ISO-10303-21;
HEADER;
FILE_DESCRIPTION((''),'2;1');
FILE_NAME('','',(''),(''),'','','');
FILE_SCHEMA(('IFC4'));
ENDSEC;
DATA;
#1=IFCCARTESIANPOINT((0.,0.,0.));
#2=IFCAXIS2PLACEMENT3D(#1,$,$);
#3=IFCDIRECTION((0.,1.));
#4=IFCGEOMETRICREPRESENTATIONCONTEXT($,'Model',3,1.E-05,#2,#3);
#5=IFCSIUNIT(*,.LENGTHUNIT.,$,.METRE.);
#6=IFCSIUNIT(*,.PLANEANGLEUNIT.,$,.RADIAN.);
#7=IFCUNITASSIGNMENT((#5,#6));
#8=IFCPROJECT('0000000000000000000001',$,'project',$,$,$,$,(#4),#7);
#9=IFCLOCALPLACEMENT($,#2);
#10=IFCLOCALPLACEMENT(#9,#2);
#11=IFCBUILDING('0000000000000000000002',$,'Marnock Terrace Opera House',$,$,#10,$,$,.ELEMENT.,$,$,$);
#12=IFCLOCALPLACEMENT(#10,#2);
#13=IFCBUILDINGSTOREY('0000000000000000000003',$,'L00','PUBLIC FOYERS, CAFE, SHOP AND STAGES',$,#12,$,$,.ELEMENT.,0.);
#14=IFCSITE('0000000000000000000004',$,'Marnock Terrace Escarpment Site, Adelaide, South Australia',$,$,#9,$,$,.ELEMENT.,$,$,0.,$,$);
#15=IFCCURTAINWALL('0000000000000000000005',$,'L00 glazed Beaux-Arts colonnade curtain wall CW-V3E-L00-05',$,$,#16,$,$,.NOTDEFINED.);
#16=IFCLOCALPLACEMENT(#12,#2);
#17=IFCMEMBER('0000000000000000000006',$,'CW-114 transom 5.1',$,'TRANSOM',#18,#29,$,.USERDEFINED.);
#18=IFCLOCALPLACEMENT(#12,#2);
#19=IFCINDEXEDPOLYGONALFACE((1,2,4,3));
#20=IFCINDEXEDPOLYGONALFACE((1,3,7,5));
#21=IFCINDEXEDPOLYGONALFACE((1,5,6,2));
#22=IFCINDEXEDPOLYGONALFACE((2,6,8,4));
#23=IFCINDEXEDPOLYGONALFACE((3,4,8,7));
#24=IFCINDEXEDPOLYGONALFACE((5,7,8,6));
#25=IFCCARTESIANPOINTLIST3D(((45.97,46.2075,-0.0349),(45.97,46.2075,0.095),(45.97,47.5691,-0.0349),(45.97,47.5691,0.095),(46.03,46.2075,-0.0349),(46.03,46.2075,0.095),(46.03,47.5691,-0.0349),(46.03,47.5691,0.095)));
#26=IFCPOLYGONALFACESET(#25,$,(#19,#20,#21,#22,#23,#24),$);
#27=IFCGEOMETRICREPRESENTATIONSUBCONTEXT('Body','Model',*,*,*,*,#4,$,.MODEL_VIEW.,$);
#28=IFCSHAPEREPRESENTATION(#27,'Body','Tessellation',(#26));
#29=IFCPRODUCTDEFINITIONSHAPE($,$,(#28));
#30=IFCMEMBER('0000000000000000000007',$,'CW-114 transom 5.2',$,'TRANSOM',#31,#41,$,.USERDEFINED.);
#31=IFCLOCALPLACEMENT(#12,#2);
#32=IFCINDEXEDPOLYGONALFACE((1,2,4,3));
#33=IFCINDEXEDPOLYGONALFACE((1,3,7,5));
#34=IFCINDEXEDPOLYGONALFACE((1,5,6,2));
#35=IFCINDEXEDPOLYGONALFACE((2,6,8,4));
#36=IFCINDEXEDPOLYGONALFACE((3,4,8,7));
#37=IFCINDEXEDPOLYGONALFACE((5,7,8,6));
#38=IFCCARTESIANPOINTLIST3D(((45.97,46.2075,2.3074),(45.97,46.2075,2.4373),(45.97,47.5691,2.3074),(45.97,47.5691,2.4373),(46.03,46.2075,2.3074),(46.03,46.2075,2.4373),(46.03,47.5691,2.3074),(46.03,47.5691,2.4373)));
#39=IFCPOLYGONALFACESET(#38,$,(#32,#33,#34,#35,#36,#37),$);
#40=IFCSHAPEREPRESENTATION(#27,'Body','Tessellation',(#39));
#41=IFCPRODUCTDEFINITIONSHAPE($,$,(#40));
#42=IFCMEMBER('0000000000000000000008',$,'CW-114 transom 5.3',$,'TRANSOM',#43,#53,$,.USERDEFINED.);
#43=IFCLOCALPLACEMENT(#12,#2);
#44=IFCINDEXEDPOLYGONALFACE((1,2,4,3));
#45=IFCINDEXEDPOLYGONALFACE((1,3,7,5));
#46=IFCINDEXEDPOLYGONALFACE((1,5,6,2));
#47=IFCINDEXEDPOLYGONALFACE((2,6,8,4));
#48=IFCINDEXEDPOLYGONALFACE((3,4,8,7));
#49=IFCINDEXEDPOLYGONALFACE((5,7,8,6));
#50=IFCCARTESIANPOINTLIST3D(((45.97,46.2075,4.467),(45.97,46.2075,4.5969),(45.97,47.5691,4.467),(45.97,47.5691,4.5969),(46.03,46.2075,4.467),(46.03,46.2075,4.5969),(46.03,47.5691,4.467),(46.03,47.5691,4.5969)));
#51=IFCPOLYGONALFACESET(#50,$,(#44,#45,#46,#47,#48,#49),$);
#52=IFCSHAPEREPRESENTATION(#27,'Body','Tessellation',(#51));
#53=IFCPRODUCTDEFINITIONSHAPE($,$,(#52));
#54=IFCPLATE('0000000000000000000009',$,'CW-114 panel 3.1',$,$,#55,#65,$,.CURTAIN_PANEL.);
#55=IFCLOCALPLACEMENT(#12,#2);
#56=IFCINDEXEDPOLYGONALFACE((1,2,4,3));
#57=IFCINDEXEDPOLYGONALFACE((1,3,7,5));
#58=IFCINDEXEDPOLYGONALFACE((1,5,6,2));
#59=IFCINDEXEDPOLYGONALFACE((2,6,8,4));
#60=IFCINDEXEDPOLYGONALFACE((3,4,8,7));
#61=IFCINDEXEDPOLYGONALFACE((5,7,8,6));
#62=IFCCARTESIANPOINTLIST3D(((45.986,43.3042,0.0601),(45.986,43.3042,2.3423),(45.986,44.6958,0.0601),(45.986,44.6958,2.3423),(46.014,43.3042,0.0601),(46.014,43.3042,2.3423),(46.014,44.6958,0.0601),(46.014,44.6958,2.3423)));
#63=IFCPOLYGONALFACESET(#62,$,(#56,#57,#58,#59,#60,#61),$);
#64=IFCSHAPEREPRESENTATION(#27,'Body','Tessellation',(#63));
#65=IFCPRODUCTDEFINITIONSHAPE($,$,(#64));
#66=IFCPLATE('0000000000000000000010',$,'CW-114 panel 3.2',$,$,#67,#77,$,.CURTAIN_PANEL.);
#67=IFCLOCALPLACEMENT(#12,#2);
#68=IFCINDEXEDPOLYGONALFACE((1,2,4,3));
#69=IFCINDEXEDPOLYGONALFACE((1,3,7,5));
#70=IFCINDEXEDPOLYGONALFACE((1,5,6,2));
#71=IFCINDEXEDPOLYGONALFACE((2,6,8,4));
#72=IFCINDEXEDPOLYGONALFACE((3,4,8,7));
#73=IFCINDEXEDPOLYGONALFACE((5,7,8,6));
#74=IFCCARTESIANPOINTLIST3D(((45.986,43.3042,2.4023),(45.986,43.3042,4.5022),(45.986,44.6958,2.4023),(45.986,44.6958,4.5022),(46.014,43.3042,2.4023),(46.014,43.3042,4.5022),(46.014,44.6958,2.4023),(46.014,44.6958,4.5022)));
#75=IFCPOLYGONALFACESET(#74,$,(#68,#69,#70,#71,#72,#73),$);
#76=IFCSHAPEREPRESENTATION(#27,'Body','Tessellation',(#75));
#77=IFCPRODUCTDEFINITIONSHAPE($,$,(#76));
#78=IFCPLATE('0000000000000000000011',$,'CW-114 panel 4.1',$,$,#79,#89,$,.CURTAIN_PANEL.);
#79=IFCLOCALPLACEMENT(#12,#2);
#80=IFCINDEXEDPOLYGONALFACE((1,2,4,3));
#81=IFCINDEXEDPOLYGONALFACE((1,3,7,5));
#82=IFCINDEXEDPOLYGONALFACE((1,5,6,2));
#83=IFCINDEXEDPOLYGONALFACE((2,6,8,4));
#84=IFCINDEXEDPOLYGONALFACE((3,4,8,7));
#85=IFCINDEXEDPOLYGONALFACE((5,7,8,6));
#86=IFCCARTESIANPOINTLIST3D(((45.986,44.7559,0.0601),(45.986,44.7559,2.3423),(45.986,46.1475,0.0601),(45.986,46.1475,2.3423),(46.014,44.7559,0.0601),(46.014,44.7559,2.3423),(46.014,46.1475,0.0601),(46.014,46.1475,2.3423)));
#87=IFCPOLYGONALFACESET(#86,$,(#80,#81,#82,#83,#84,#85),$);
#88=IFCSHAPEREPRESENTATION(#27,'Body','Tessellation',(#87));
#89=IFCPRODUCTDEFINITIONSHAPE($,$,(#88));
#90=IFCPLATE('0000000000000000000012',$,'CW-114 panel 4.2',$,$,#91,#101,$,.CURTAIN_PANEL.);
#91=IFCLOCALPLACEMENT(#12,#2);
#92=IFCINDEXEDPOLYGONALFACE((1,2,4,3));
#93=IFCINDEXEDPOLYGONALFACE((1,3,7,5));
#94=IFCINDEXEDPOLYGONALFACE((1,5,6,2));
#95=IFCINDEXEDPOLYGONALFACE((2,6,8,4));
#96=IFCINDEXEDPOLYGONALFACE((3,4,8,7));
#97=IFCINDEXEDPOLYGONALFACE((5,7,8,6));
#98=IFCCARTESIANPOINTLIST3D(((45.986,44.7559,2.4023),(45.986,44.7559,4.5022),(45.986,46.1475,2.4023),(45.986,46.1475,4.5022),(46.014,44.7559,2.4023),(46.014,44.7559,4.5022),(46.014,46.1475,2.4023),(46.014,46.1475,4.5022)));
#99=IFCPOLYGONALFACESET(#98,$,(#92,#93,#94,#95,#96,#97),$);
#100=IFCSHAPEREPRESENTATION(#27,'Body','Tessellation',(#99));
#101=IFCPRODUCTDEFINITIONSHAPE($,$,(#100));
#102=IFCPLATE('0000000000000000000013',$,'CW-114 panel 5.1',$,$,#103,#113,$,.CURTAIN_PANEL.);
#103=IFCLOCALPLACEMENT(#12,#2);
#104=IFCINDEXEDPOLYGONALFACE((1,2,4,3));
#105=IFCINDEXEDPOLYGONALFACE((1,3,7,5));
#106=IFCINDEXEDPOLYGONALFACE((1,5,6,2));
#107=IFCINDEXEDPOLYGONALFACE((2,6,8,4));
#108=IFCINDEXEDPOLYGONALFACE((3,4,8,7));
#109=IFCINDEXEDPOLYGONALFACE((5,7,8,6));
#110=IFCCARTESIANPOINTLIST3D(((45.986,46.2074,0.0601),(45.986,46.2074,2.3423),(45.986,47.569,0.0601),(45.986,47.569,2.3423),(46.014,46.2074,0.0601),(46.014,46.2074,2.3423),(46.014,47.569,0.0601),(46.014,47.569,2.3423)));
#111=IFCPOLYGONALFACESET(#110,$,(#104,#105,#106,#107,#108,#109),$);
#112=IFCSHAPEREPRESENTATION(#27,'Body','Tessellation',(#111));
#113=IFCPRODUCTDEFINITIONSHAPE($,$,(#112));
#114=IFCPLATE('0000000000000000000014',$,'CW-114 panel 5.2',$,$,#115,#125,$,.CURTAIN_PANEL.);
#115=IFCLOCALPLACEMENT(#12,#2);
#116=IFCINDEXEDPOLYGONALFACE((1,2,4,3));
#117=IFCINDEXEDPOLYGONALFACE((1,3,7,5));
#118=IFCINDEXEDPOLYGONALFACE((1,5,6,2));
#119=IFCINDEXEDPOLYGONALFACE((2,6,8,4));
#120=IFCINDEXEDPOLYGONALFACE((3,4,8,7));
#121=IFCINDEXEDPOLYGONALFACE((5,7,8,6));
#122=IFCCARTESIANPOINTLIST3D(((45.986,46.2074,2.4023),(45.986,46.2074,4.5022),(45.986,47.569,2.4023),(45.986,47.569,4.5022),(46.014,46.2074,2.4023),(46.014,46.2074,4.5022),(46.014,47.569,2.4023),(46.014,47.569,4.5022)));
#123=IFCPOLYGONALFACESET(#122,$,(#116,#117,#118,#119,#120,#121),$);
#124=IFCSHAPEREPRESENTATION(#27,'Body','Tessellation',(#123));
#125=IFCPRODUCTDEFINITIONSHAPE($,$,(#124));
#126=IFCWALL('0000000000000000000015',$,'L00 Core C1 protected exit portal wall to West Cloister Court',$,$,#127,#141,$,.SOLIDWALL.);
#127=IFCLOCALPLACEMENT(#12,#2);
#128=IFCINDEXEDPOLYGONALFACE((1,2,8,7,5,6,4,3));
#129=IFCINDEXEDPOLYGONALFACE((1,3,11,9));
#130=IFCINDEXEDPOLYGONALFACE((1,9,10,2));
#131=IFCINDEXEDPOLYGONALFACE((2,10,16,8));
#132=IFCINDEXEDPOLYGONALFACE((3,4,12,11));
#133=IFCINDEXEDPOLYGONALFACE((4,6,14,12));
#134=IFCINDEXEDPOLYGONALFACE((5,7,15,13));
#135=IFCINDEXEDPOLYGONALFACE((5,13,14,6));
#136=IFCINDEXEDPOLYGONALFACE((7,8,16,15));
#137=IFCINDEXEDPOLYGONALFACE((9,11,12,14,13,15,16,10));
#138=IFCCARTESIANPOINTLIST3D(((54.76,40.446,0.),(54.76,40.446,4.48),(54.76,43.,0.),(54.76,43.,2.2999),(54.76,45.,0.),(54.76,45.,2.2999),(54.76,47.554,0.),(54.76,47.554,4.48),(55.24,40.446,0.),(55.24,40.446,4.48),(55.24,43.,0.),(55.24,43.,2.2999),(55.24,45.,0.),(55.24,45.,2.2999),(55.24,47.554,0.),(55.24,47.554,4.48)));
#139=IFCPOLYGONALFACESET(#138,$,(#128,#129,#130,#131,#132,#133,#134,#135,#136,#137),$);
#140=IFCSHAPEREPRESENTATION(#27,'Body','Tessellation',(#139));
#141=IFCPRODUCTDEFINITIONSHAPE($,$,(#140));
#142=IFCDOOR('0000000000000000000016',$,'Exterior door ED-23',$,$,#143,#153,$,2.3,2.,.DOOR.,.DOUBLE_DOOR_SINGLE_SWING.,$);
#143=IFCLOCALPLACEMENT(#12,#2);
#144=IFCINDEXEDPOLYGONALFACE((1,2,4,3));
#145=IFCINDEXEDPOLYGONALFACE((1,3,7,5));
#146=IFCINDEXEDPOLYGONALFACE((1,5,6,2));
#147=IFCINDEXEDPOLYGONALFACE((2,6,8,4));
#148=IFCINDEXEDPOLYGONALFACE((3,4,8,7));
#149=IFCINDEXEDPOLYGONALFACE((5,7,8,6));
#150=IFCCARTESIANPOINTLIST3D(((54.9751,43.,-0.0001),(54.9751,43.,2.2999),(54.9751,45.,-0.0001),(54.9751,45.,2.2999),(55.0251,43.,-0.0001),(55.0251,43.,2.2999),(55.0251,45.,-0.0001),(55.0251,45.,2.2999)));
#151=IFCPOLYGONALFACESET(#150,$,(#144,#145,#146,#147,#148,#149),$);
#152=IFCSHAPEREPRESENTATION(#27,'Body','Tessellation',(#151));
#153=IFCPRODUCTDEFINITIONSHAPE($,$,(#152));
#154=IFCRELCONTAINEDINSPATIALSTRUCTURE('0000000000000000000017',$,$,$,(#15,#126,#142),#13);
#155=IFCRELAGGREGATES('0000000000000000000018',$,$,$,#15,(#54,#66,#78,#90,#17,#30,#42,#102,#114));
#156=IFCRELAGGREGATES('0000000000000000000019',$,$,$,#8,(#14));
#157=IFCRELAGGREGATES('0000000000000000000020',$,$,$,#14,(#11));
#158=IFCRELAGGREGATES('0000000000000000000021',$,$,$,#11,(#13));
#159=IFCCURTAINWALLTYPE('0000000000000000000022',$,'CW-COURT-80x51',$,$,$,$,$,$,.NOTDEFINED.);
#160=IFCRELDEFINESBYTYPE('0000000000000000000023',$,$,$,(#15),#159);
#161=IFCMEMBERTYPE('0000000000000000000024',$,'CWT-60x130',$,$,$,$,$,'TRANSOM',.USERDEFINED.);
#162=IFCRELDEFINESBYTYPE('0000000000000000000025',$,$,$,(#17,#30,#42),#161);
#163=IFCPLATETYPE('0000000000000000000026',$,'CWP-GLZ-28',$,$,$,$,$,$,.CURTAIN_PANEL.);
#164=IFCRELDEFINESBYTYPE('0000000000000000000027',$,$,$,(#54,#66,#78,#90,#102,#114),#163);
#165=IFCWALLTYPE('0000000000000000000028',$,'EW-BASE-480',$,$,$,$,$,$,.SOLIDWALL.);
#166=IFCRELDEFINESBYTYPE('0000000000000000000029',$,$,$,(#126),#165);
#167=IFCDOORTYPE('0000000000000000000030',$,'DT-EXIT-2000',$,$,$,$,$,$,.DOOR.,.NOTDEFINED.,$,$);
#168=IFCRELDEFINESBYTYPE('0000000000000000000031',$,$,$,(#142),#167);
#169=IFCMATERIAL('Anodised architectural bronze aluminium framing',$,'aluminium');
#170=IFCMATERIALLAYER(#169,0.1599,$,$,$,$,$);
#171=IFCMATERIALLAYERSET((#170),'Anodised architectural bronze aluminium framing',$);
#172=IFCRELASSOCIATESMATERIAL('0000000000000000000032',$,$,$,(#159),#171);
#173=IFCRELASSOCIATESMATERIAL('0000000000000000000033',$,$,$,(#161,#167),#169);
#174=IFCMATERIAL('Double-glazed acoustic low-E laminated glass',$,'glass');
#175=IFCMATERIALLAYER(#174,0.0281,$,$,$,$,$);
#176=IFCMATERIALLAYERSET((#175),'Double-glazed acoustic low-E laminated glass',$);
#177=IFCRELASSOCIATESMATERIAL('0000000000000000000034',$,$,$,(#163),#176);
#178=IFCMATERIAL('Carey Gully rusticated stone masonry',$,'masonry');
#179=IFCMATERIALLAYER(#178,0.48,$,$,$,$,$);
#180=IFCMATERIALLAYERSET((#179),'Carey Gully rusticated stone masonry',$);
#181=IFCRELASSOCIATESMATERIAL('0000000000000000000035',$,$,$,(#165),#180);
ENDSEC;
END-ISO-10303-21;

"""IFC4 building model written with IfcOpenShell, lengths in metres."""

from ifc_helpers import new_model, si_unit, direction, frame, frame_2d, origin, origin_2d, place, context, subcontext, project, spatial, rectangle, extrude, material, layer, layer_set, material_profile, profile_set, type_object, element, fill, aggregate, save


model = new_model("IFC4")

# Units and contexts
model_context = context("Model", 3, precision=1e-05, world=origin(), true_north=direction((0.0, 1.0)))
body_context = subcontext(model_context, "Body", "Model", "MODEL_VIEW")
ifc_project = project(units=[si_unit("LENGTHUNIT", "METRE"), si_unit("PLANEANGLEUNIT", "RADIAN")], contexts=[model_context])

# Site, building, storey
site_placement = place(None, origin())
site = spatial("IfcSite", under=ifc_project, at=site_placement, Name="Marnock Terrace Escarpment Site, Adelaide, South Australia", CompositionType="ELEMENT", RefElevation=0.0)
building_placement = place(site_placement, origin())
building = spatial("IfcBuilding", under=site, at=building_placement, Name="Marnock Terrace Opera House", CompositionType="ELEMENT")
storey_placement = place(building_placement, origin())
storey = spatial("IfcBuildingStorey", under=building, at=storey_placement, Name="L00", Description="PUBLIC FOYERS, CAFE, SHOP AND STAGES", CompositionType="ELEMENT", Elevation=0.0)

# Curtain wall, members, plates
ifc_material_1 = material(Name="Anodised architectural bronze aluminium framing", Category="aluminium")
ifc_layer_1 = layer(ifc_material_1, 0.1599)
ifc_layer_set_1 = layer_set([ifc_layer_1], Name="Anodised architectural bronze aluminium framing")
curtain_wall_type = type_object("IfcCurtainWallType", Name="CW-COURT-80x51", PredefinedType="NOTDEFINED", material=ifc_layer_set_1)
curtain_wall_placement = place(storey_placement, origin())
curtain_wall = element("IfcCurtainWall", 1, at=curtain_wall_placement, inside=storey, type_object=curtain_wall_type, Name="L00 glazed Beaux-Arts colonnade curtain wall CW-V3E-L00-05", PredefinedType="NOTDEFINED")
ifc_material_profile_1 = material_profile(ifc_material_1, rectangle(XDim=0.0601, YDim=0.1299, at=origin_2d()))
ifc_profile_set_1 = profile_set([ifc_material_profile_1], Name="Anodised architectural bronze aluminium framing")
member_type_1 = type_object("IfcMemberType", Name="CWT-60x130", ElementType="TRANSOM", PredefinedType="USERDEFINED", material=ifc_profile_set_1)
member_1_placement = place(storey_placement, frame((46.0, 46.2075, 0.03), z_axis=(0.0, 1.0, 0.0), x_axis=(-1.0, 0.0, 0.0)))
member_1 = element("IfcMember", 2, at=member_1_placement, type_object=member_type_1, Name="CW-114 transom 5.1", ObjectType="TRANSOM", PredefinedType="USERDEFINED", context=body_context, shape_type="SweptSolid", body=[
    extrude(rectangle(XDim=0.0601, YDim=0.1299, at=origin_2d()), origin(), (0.0, 0.0, 1.0), 1.3616),
])
member_2_placement = place(storey_placement, frame((46.0, 46.2075, 2.3723), z_axis=(0.0, 1.0, 0.0), x_axis=(-1.0, 0.0, 0.0)))
member_2 = element("IfcMember", 3, at=member_2_placement, type_object=member_type_1, Name="CW-114 transom 5.2", ObjectType="TRANSOM", PredefinedType="USERDEFINED", context=body_context, shape_type="SweptSolid", body=[
    extrude(rectangle(XDim=0.0601, YDim=0.1299, at=origin_2d()), origin(), (0.0, 0.0, 1.0), 1.3616),
])
member_3_placement = place(storey_placement, frame((46.0, 46.2075, 4.532), z_axis=(0.0, 1.0, 0.0), x_axis=(-1.0, 0.0, 0.0)))
member_3 = element("IfcMember", 4, at=member_3_placement, type_object=member_type_1, Name="CW-114 transom 5.3", ObjectType="TRANSOM", PredefinedType="USERDEFINED", context=body_context, shape_type="SweptSolid", body=[
    extrude(rectangle(XDim=0.0601, YDim=0.1299, at=origin_2d()), origin(), (0.0, 0.0, 1.0), 1.3616),
])
ifc_material_2 = material(Name="Double-glazed acoustic low-E laminated glass", Category="glass")
ifc_layer_2 = layer(ifc_material_2, 0.0281)
ifc_layer_set_2 = layer_set([ifc_layer_2], Name="Double-glazed acoustic low-E laminated glass")
plate_type = type_object("IfcPlateType", Name="CWP-GLZ-28", PredefinedType="CURTAIN_PANEL", material=ifc_layer_set_2)
plate_1_placement = place(storey_placement, frame((46.0, 44.0, 0.0601), z_axis=(0.0, 0.0, 1.0), x_axis=(0.0, 1.0, 0.0)))
plate_1 = element("IfcPlate", 5, at=plate_1_placement, type_object=plate_type, Name="CW-114 panel 3.1", PredefinedType="CURTAIN_PANEL", context=body_context, shape_type="SweptSolid", body=[
    extrude(rectangle(XDim=1.3916, YDim=0.0281, at=origin_2d()), origin(), (0.0, 0.0, 1.0), 2.2822),
])
plate_2_placement = place(storey_placement, frame((46.0, 44.0, 2.4023), z_axis=(0.0, 0.0, 1.0), x_axis=(0.0, 1.0, 0.0)))
plate_2 = element("IfcPlate", 6, at=plate_2_placement, type_object=plate_type, Name="CW-114 panel 3.2", PredefinedType="CURTAIN_PANEL", context=body_context, shape_type="SweptSolid", body=[
    extrude(rectangle(XDim=1.3916, YDim=0.0281, at=origin_2d()), origin(), (0.0, 0.0, 1.0), 2.0999),
])
plate_3_placement = place(storey_placement, frame((46.0, 45.4517, 0.0601), z_axis=(0.0, 0.0, 1.0), x_axis=(0.0, 1.0, 0.0)))
plate_3 = element("IfcPlate", 7, at=plate_3_placement, type_object=plate_type, Name="CW-114 panel 4.1", PredefinedType="CURTAIN_PANEL", context=body_context, shape_type="SweptSolid", body=[
    extrude(rectangle(XDim=1.3916, YDim=0.0281, at=origin_2d()), origin(), (0.0, 0.0, 1.0), 2.2822),
])
plate_4_placement = place(storey_placement, frame((46.0, 45.4517, 2.4023), z_axis=(0.0, 0.0, 1.0), x_axis=(0.0, 1.0, 0.0)))
plate_4 = element("IfcPlate", 8, at=plate_4_placement, type_object=plate_type, Name="CW-114 panel 4.2", PredefinedType="CURTAIN_PANEL", context=body_context, shape_type="SweptSolid", body=[
    extrude(rectangle(XDim=1.3916, YDim=0.0281, at=origin_2d()), origin(), (0.0, 0.0, 1.0), 2.0999),
])
plate_5_placement = place(storey_placement, frame((46.0, 46.8882, 0.0601), z_axis=(0.0, 0.0, 1.0), x_axis=(0.0, 1.0, 0.0)))
plate_5 = element("IfcPlate", 9, at=plate_5_placement, type_object=plate_type, Name="CW-114 panel 5.1", PredefinedType="CURTAIN_PANEL", context=body_context, shape_type="SweptSolid", body=[
    extrude(rectangle(XDim=1.3616, YDim=0.0281, at=origin_2d()), origin(), (0.0, 0.0, 1.0), 2.2822),
])
plate_6_placement = place(storey_placement, frame((46.0, 46.8882, 2.4023), z_axis=(0.0, 0.0, 1.0), x_axis=(0.0, 1.0, 0.0)))
plate_6 = element("IfcPlate", 10, at=plate_6_placement, type_object=plate_type, Name="CW-114 panel 5.2", PredefinedType="CURTAIN_PANEL", context=body_context, shape_type="SweptSolid", body=[
    extrude(rectangle(XDim=1.3616, YDim=0.0281, at=origin_2d()), origin(), (0.0, 0.0, 1.0), 2.0999),
])
aggregate(curtain_wall, [plate_1, plate_2, plate_3, plate_4, member_1, member_2, member_3, plate_5, plate_6])

# Wall, opening, door
ifc_material_3 = material(Name="Carey Gully rusticated stone masonry", Category="masonry")
ifc_layer_3 = layer(ifc_material_3, 0.48)
ifc_layer_set_3 = layer_set([ifc_layer_3], Name="Carey Gully rusticated stone masonry")
wall_type = type_object("IfcWallType", Name="EW-BASE-480", PredefinedType="SOLIDWALL", material=ifc_layer_set_3)
wall_placement = place(storey_placement, frame((55.0, 40.446, 0.0), z_axis=(0.0, 0.0, 1.0), x_axis=(0.0, 1.0, 0.0)))
wall = element("IfcWall", 11, at=wall_placement, inside=storey, type_object=wall_type, Name="L00 Core C1 protected exit portal wall to West Cloister Court", PredefinedType="SOLIDWALL", context=body_context, shape_type="SweptSolid", body=[
    extrude(rectangle(XDim=7.1079, YDim=0.48, at=frame_2d((3.554, 0.0))), origin(), (0.0, 0.0, 1.0), 4.48),
])
opening_placement = place(wall_placement, frame((2.554, 0.0, 0.0)))
opening = element("IfcOpeningElement", 12, at=opening_placement, cuts=wall, PredefinedType="OPENING", context=body_context, shape_type="SweptSolid", body=[
    extrude(rectangle(XDim=2.0, YDim=2.3, at=frame_2d((1.0, 1.1499))), frame((0.0, 0.25, 0.0), z_axis=(0.0, -1.0, 0.0), x_axis=(1.0, 0.0, 0.0)), (0.0, 0.0, 1.0), 0.5),
])
door_type = type_object("IfcDoorType", Name="DT-EXIT-2000", OperationType="NOTDEFINED", PredefinedType="DOOR", material=ifc_material_1)
door_placement = place(opening_placement, origin())
door = element("IfcDoor", 13, at=door_placement, inside=storey, type_object=door_type, Name="Exterior door ED-23", OperationType="DOUBLE_DOOR_SINGLE_SWING", OverallHeight=2.3, OverallWidth=2.0, PredefinedType="DOOR", context=body_context, shape_type="SweptSolid", body=[
    extrude(rectangle(XDim=2.0, YDim=2.3, at=frame_2d((1.0, 1.1499))), frame((0.0, 0.0249, 0.0), z_axis=(0.0, -1.0, 0.0), x_axis=(1.0, 0.0, 0.0)), (0.0, 0.0, 1.0), 0.05),
])
fill(opening, door)

save(model, "model.ifc")
